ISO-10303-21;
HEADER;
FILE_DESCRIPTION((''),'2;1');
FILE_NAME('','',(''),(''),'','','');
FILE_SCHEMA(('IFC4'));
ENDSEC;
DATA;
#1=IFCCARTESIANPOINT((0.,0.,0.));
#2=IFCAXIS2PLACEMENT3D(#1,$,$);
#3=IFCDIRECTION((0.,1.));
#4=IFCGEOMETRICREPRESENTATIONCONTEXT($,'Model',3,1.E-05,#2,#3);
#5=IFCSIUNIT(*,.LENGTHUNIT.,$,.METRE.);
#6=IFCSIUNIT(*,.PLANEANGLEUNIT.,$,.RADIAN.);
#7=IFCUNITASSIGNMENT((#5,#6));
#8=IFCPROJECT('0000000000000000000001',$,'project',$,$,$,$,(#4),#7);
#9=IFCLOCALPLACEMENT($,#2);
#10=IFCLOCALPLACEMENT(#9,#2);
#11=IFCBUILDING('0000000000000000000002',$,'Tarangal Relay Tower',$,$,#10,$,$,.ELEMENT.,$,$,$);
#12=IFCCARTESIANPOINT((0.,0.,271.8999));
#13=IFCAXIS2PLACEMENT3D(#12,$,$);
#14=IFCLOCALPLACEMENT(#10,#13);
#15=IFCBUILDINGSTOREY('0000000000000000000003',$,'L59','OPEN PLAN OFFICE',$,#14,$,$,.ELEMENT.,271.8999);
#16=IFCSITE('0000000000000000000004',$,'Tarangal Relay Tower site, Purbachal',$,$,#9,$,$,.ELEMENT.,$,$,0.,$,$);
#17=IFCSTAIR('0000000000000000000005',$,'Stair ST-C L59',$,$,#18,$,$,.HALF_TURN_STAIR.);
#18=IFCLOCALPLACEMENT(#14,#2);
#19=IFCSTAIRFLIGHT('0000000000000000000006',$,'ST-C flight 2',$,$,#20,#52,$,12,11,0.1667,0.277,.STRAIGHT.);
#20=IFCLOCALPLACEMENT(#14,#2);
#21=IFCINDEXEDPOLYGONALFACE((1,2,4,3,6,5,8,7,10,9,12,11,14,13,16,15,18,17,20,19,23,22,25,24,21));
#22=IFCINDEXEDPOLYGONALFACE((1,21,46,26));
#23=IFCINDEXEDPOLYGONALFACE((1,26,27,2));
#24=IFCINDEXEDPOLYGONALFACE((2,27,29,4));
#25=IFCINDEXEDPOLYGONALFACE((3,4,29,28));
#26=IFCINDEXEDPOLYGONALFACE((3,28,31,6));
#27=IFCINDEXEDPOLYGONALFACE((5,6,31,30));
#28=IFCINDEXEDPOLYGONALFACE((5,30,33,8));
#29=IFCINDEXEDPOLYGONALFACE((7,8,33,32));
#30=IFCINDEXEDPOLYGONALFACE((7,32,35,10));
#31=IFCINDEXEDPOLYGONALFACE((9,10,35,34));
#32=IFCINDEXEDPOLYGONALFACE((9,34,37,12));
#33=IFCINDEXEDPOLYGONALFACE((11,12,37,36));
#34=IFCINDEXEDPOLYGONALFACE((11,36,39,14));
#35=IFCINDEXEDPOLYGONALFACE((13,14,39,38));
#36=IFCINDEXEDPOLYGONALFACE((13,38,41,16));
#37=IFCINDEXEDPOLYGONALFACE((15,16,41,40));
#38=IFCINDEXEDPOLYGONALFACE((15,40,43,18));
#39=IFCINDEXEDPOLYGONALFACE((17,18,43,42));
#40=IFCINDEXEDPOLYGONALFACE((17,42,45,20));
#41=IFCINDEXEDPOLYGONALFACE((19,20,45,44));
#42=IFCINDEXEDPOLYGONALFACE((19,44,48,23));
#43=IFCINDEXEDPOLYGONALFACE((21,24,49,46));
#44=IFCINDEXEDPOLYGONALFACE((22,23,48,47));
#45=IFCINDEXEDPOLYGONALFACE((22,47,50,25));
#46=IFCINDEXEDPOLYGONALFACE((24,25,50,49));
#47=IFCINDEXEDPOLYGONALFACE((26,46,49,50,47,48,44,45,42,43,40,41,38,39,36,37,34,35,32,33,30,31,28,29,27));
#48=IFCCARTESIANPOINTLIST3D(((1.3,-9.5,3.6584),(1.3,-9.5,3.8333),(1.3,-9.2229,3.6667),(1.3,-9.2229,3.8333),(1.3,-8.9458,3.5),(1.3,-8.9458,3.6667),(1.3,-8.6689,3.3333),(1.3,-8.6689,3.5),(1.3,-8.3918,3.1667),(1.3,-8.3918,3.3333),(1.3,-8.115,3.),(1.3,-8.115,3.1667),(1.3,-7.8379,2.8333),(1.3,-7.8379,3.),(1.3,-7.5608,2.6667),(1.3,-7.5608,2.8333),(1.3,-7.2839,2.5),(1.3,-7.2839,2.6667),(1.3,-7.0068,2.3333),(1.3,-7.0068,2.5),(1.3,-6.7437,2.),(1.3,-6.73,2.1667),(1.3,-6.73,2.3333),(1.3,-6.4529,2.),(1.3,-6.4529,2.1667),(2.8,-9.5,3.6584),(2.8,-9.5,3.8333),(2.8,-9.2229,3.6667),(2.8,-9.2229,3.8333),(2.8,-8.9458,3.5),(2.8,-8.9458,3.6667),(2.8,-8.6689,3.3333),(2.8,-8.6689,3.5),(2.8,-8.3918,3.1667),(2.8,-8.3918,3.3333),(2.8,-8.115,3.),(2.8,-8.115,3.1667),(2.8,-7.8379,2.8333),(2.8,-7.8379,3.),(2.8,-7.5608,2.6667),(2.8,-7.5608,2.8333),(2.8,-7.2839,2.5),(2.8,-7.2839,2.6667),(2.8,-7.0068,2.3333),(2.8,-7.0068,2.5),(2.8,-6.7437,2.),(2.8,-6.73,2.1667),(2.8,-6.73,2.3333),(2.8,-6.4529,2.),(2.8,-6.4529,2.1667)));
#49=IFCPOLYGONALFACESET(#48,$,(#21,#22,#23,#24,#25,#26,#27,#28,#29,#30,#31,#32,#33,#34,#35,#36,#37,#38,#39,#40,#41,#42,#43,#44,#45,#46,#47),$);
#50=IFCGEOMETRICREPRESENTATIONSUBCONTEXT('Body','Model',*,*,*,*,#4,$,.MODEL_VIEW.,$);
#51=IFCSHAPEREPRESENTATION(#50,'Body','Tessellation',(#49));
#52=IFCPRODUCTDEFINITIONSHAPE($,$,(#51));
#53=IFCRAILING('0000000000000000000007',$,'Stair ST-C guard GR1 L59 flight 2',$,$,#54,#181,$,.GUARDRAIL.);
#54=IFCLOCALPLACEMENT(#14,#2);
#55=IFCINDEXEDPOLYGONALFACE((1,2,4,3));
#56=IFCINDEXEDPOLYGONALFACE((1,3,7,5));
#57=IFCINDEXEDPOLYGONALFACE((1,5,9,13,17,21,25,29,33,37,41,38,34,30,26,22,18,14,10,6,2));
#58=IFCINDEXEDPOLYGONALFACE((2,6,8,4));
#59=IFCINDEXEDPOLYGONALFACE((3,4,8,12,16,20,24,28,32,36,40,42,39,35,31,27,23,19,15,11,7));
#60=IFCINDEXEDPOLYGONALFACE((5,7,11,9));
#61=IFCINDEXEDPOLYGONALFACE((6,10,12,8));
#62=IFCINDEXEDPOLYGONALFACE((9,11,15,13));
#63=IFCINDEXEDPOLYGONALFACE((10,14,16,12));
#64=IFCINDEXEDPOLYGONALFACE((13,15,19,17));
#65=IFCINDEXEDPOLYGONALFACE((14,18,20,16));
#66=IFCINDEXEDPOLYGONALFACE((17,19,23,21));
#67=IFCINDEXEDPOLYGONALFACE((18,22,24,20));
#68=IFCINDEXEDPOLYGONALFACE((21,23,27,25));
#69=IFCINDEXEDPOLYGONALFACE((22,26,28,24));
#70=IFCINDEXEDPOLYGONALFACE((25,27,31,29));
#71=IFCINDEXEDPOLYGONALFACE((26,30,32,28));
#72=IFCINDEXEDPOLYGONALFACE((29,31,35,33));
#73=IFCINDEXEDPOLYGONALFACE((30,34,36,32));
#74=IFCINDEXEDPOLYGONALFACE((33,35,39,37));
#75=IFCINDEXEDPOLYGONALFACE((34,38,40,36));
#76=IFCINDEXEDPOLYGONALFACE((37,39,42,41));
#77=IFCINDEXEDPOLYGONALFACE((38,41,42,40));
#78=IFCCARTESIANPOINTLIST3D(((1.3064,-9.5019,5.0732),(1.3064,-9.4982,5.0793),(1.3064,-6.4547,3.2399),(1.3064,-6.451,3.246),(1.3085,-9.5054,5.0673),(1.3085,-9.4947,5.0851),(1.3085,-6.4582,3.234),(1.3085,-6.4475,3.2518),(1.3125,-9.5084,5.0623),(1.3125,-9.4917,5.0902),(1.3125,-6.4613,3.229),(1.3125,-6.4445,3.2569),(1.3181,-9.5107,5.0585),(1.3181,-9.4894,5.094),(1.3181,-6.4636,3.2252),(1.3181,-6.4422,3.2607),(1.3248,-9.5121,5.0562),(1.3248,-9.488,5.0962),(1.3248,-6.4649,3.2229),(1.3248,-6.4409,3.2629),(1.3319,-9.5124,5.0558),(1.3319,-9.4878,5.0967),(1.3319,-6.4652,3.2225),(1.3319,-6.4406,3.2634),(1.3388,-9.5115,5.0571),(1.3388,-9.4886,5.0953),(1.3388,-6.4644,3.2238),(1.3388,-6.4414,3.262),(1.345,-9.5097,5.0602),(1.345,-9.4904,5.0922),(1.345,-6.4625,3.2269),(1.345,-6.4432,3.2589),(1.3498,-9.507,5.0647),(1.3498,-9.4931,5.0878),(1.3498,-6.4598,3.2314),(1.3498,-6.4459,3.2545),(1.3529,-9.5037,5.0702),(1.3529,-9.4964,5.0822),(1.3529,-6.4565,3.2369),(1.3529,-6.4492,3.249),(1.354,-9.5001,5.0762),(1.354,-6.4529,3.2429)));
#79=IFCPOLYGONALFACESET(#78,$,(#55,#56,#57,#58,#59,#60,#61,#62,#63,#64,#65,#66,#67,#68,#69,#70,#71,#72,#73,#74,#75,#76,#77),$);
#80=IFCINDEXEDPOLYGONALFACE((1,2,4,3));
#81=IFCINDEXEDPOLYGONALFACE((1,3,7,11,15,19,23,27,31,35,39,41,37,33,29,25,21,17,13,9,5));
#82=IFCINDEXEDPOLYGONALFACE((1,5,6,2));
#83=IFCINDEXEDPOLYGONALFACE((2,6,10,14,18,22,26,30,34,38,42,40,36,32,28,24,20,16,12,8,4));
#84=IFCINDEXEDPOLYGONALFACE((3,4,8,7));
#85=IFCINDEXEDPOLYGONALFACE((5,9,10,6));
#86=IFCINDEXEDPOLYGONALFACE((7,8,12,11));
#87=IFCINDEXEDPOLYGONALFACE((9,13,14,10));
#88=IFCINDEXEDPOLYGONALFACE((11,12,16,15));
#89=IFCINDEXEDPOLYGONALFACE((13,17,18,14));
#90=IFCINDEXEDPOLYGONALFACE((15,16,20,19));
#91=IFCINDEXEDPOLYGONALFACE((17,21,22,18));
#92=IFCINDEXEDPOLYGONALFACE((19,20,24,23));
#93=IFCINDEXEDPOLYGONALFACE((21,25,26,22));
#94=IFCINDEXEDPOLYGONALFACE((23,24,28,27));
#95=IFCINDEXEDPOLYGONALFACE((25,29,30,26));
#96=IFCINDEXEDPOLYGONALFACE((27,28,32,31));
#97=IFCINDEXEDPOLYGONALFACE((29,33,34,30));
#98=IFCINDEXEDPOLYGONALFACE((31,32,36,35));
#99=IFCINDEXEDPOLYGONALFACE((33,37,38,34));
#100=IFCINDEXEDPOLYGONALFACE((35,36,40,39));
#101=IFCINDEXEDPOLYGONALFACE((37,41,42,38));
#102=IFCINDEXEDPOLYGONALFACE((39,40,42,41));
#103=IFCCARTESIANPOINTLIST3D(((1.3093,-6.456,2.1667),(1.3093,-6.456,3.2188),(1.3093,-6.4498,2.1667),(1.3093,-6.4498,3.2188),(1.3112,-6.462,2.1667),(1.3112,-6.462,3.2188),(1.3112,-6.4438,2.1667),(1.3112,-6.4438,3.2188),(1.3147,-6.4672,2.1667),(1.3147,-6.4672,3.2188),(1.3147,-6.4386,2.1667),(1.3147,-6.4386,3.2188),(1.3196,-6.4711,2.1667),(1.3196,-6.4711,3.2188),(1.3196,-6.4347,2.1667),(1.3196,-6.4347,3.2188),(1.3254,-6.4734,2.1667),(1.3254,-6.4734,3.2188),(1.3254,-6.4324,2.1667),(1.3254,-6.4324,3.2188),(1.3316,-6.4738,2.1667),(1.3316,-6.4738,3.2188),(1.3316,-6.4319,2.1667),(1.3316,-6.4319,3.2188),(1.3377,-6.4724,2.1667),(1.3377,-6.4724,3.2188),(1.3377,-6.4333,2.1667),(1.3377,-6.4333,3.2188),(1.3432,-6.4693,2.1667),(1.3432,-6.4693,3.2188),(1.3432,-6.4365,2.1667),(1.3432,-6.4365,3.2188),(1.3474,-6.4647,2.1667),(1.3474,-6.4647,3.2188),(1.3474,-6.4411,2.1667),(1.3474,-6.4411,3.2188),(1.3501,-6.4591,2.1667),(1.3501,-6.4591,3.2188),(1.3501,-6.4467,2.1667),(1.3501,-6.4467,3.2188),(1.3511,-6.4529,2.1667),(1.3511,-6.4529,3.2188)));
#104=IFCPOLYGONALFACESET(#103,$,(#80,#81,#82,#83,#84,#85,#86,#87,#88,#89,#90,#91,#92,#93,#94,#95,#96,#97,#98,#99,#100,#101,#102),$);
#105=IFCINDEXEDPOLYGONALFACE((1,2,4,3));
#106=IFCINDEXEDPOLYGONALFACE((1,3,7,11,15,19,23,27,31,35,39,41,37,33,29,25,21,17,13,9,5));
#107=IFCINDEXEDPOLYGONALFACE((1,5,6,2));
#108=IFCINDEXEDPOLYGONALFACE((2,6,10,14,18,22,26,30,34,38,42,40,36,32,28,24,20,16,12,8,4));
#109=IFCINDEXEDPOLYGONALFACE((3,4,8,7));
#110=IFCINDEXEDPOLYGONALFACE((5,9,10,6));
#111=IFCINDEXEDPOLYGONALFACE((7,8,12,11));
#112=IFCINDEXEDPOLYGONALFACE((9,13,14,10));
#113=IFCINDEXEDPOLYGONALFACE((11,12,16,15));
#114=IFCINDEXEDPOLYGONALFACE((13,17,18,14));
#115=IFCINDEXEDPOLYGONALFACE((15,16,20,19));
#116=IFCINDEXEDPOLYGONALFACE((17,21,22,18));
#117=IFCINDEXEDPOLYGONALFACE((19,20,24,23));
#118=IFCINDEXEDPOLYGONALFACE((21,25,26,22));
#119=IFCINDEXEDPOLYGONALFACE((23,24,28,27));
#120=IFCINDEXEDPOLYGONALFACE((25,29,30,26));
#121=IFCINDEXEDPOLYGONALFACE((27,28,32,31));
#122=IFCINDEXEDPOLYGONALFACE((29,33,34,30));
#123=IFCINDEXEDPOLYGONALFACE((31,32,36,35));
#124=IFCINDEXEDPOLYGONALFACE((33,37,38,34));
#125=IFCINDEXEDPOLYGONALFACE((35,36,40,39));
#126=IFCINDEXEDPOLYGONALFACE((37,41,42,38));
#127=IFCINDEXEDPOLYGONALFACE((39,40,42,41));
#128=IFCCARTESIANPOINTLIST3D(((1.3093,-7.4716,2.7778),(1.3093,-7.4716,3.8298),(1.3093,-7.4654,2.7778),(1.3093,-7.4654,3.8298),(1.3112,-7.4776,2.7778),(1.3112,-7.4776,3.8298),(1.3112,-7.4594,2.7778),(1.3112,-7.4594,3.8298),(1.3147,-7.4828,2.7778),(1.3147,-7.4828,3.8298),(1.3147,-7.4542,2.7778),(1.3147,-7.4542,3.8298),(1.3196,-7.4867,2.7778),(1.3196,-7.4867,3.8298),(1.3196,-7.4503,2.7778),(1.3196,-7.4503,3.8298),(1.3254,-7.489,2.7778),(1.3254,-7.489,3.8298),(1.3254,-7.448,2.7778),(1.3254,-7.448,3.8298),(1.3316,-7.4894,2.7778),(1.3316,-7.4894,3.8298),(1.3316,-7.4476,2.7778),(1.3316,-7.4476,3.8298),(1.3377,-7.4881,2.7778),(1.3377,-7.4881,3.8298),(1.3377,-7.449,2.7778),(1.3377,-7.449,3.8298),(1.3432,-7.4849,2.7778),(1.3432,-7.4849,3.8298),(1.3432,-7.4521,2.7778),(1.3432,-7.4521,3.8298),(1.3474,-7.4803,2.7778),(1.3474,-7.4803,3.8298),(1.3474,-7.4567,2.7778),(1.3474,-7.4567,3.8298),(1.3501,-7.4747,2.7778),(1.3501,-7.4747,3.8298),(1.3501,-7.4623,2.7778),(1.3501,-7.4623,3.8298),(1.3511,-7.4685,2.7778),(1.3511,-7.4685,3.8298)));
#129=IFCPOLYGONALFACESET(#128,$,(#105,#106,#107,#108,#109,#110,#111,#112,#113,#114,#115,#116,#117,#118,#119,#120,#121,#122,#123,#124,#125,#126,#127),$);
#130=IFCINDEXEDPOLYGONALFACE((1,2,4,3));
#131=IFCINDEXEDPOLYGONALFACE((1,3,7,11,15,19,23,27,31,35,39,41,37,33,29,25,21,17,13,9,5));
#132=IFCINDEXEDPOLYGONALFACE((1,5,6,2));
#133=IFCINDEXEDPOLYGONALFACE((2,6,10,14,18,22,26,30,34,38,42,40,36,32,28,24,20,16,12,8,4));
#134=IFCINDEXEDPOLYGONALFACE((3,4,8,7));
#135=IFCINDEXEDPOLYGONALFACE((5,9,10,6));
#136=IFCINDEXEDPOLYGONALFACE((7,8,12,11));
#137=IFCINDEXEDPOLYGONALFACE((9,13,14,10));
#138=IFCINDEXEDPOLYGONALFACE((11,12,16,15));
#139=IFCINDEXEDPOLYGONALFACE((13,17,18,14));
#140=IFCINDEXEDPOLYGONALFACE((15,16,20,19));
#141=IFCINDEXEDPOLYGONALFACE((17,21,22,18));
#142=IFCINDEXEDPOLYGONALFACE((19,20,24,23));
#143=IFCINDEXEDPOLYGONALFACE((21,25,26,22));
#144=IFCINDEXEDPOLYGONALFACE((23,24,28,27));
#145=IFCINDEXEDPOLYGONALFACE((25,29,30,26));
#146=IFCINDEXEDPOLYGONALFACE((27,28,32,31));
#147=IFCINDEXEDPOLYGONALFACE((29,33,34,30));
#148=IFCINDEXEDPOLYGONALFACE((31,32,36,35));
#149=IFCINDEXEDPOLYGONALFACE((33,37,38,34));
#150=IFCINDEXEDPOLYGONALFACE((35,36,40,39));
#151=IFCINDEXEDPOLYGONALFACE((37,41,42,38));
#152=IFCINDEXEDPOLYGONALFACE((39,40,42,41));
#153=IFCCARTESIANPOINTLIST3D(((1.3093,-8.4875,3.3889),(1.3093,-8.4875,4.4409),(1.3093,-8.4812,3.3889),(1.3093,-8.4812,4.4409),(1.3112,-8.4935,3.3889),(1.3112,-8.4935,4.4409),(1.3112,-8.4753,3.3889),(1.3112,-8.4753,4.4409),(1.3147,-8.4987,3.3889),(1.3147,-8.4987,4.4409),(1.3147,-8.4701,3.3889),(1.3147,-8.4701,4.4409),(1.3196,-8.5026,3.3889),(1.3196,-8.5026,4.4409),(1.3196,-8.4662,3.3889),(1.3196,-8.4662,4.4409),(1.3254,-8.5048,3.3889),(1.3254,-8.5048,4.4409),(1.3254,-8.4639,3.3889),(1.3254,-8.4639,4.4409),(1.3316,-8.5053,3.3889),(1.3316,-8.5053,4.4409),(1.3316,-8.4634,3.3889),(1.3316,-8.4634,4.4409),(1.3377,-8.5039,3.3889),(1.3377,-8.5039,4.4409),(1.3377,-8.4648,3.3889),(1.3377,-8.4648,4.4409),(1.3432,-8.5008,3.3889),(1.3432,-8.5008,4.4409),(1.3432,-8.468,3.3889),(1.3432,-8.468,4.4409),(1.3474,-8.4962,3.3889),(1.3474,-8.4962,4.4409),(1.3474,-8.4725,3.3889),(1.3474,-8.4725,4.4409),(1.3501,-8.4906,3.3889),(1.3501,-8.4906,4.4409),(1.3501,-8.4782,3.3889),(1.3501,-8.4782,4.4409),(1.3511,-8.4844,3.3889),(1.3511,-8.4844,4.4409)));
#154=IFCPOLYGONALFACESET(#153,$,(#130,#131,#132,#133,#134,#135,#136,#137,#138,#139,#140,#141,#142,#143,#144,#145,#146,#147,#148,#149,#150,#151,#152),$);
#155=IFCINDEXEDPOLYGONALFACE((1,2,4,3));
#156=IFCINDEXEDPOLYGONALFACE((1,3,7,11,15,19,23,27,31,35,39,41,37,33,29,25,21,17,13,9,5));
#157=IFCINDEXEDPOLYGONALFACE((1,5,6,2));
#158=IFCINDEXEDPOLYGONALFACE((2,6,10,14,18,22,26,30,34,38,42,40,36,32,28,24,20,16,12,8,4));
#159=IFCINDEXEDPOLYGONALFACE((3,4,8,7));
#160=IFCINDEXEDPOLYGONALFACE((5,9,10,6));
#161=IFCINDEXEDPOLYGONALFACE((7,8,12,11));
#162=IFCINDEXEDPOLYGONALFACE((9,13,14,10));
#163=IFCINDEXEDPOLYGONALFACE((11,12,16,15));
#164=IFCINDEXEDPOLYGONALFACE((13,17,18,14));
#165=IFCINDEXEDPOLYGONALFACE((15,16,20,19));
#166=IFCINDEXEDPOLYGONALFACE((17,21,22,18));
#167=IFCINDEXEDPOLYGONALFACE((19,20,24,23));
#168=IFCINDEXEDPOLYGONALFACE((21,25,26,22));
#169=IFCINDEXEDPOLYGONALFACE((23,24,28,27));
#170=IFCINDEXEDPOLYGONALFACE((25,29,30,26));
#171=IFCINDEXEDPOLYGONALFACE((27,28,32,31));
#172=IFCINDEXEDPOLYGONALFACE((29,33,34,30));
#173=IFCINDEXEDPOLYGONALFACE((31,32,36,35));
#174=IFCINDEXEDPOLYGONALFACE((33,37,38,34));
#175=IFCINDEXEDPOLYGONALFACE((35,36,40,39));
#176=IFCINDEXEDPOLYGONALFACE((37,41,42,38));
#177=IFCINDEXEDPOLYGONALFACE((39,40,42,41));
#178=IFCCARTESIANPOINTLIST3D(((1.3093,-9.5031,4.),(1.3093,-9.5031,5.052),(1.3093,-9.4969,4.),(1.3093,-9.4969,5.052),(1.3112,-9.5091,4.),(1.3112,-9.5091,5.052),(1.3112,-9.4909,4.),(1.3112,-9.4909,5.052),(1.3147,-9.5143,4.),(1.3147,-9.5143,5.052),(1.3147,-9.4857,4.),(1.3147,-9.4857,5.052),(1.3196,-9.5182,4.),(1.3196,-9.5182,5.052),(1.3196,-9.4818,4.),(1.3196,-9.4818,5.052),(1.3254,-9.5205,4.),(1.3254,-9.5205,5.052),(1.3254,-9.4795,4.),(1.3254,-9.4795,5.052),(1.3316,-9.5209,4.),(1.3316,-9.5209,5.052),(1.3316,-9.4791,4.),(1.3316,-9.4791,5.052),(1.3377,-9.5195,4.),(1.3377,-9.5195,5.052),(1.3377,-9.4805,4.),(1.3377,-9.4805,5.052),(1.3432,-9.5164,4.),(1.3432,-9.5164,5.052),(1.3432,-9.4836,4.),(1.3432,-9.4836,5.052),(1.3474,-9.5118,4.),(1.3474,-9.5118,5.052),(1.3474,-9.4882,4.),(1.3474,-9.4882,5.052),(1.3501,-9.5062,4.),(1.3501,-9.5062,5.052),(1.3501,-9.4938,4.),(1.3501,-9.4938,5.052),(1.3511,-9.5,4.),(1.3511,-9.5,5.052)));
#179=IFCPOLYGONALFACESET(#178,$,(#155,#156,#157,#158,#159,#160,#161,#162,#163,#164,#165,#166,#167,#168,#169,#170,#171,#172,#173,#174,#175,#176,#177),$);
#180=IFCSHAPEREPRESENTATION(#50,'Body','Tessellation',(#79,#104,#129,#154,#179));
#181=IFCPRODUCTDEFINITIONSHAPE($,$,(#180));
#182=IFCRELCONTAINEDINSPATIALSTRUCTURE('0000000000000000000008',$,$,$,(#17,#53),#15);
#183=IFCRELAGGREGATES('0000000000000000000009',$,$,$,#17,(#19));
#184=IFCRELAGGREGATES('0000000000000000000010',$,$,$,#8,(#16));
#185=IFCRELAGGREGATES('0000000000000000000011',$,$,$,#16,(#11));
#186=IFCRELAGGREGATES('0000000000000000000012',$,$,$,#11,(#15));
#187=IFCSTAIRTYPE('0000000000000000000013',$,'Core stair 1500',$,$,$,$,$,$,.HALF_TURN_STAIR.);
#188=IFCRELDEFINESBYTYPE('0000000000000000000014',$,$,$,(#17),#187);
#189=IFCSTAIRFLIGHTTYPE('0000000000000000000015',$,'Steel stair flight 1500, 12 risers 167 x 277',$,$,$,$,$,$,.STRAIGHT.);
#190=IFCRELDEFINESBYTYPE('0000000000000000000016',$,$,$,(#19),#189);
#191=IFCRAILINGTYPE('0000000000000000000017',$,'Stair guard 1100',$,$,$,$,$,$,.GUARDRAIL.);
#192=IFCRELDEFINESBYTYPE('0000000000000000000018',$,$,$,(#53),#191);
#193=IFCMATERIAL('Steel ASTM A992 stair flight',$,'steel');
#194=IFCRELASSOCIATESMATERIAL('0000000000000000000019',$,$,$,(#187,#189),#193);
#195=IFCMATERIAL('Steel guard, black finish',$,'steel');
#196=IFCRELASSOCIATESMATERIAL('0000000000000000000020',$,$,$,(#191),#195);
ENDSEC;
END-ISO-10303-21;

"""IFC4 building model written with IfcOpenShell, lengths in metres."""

from ifc_helpers import new_model, si_unit, direction, frame, origin, origin_2d, place, context, subcontext, project, spatial, polyline, circle, outline, extrude, material, type_object, element, aggregate, save


model = new_model("IFC4")

# Units and contexts
model_context = context("Model", 3, precision=1e-05, world=origin(), true_north=direction((0.0, 1.0)))
body_context = subcontext(model_context, "Body", "Model", "MODEL_VIEW")
ifc_project = project(units=[si_unit("LENGTHUNIT", "METRE"), si_unit("PLANEANGLEUNIT", "RADIAN")], contexts=[model_context])

# Site, building, storey
site_placement = place(None, origin())
site = spatial("IfcSite", under=ifc_project, at=site_placement, Name="Tarangal Relay Tower site, Purbachal", CompositionType="ELEMENT", RefElevation=0.0)
building_placement = place(site_placement, origin())
building = spatial("IfcBuilding", under=site, at=building_placement, Name="Tarangal Relay Tower", CompositionType="ELEMENT")
storey_placement = place(building_placement, frame((0.0, 0.0, 271.8999)))
storey = spatial("IfcBuildingStorey", under=building, at=storey_placement, Name="L59", Description="OPEN PLAN OFFICE", CompositionType="ELEMENT", Elevation=271.8999)

# Stair, stair flight
ifc_material_1 = material(Name="Steel ASTM A992 stair flight", Category="steel")
stair_type = type_object("IfcStairType", Name="Core stair 1500", PredefinedType="HALF_TURN_STAIR", material=ifc_material_1)
stair_placement = place(storey_placement, origin())
stair = element("IfcStair", 1, at=stair_placement, inside=storey, type_object=stair_type, Name="Stair ST-C L59", PredefinedType="HALF_TURN_STAIR")
stair_flight_type = type_object("IfcStairFlightType", Name="Steel stair flight 1500, 12 risers 167 x 277", PredefinedType="STRAIGHT", material=ifc_material_1)
stair_flight_placement = place(storey_placement, frame((2.05, -6.4529, 2.0), z_axis=(0.0, 0.0, 1.0), x_axis=(0.0, -1.0, 0.0)))
stair_flight = element("IfcStairFlight", 2, at=stair_flight_placement, type_object=stair_flight_type, Name="ST-C flight 2", NumberOfRisers=12, NumberOfTreads=11, PredefinedType="STRAIGHT", RiserHeight=0.1667, TreadLength=0.277, context=body_context, shape_type="SweptSolid", body=[
    extrude(outline(polyline([(0.0, 0.0), (0.0, 0.1667), (0.2771, 0.1667), (0.2771, 0.3333), (0.554, 0.3333), (0.554, 0.5), (0.8311, 0.5), (0.8311, 0.6667), (1.1079, 0.6667), (1.1079, 0.8333), (1.385, 0.8333), (1.385, 1.0), (1.6621, 1.0), (1.6621, 1.1667), (1.939, 1.1667), (1.939, 1.3333), (2.2161, 1.3333), (2.2161, 1.5), (2.4929, 1.5), (2.4929, 1.6667), (2.77, 1.6667), (2.77, 1.8333), (3.0471, 1.8333), (3.0471, 2.0), (3.0471, 1.6584), (0.2908, 0.0), (0.0, 0.0)])), frame((0.0, 0.75, 0.0), z_axis=(0.0, -1.0, 0.0), x_axis=(1.0, 0.0, 0.0)), (0.0, 0.0, 1.0), 1.5),
])
aggregate(stair, [stair_flight])

# Railing
ifc_material_2 = material(Name="Steel guard, black finish", Category="steel")
railing_type_1 = type_object("IfcRailingType", Name="Stair guard 1100", PredefinedType="GUARDRAIL", material=ifc_material_2)
railing_1_placement = place(storey_placement, frame((1.3301, -6.4529, 2.1667)))
element("IfcRailing", 3, at=railing_1_placement, inside=storey, type_object=railing_type_1, Name="Stair ST-C guard GR1 L59 flight 2", PredefinedType="GUARDRAIL", context=body_context, shape_type="SweptSolid", body=[
    extrude(circle(Radius=0.0239, at=origin_2d()), frame((0.0, 0.0, 1.0762), z_axis=(0.0, -0.856874, 0.515525), x_axis=(1.0, 0.0, 0.0)), (0.0, 0.0, 1.0), 3.5562),
    extrude(circle(Radius=0.021, at=origin_2d()), origin(), (0.0, 0.0, 1.0), 1.052),
    extrude(circle(Radius=0.021, at=origin_2d()), frame((0.0, -1.0156, 0.6111)), (0.0, 0.0, 1.0), 1.052),
    extrude(circle(Radius=0.021, at=origin_2d()), frame((0.0, -2.0315, 1.2222)), (0.0, 0.0, 1.0), 1.052),
    extrude(circle(Radius=0.021, at=origin_2d()), frame((0.0, -3.0471, 1.8333)), (0.0, 0.0, 1.0), 1.052),
])

save(model, "model.ifc")
